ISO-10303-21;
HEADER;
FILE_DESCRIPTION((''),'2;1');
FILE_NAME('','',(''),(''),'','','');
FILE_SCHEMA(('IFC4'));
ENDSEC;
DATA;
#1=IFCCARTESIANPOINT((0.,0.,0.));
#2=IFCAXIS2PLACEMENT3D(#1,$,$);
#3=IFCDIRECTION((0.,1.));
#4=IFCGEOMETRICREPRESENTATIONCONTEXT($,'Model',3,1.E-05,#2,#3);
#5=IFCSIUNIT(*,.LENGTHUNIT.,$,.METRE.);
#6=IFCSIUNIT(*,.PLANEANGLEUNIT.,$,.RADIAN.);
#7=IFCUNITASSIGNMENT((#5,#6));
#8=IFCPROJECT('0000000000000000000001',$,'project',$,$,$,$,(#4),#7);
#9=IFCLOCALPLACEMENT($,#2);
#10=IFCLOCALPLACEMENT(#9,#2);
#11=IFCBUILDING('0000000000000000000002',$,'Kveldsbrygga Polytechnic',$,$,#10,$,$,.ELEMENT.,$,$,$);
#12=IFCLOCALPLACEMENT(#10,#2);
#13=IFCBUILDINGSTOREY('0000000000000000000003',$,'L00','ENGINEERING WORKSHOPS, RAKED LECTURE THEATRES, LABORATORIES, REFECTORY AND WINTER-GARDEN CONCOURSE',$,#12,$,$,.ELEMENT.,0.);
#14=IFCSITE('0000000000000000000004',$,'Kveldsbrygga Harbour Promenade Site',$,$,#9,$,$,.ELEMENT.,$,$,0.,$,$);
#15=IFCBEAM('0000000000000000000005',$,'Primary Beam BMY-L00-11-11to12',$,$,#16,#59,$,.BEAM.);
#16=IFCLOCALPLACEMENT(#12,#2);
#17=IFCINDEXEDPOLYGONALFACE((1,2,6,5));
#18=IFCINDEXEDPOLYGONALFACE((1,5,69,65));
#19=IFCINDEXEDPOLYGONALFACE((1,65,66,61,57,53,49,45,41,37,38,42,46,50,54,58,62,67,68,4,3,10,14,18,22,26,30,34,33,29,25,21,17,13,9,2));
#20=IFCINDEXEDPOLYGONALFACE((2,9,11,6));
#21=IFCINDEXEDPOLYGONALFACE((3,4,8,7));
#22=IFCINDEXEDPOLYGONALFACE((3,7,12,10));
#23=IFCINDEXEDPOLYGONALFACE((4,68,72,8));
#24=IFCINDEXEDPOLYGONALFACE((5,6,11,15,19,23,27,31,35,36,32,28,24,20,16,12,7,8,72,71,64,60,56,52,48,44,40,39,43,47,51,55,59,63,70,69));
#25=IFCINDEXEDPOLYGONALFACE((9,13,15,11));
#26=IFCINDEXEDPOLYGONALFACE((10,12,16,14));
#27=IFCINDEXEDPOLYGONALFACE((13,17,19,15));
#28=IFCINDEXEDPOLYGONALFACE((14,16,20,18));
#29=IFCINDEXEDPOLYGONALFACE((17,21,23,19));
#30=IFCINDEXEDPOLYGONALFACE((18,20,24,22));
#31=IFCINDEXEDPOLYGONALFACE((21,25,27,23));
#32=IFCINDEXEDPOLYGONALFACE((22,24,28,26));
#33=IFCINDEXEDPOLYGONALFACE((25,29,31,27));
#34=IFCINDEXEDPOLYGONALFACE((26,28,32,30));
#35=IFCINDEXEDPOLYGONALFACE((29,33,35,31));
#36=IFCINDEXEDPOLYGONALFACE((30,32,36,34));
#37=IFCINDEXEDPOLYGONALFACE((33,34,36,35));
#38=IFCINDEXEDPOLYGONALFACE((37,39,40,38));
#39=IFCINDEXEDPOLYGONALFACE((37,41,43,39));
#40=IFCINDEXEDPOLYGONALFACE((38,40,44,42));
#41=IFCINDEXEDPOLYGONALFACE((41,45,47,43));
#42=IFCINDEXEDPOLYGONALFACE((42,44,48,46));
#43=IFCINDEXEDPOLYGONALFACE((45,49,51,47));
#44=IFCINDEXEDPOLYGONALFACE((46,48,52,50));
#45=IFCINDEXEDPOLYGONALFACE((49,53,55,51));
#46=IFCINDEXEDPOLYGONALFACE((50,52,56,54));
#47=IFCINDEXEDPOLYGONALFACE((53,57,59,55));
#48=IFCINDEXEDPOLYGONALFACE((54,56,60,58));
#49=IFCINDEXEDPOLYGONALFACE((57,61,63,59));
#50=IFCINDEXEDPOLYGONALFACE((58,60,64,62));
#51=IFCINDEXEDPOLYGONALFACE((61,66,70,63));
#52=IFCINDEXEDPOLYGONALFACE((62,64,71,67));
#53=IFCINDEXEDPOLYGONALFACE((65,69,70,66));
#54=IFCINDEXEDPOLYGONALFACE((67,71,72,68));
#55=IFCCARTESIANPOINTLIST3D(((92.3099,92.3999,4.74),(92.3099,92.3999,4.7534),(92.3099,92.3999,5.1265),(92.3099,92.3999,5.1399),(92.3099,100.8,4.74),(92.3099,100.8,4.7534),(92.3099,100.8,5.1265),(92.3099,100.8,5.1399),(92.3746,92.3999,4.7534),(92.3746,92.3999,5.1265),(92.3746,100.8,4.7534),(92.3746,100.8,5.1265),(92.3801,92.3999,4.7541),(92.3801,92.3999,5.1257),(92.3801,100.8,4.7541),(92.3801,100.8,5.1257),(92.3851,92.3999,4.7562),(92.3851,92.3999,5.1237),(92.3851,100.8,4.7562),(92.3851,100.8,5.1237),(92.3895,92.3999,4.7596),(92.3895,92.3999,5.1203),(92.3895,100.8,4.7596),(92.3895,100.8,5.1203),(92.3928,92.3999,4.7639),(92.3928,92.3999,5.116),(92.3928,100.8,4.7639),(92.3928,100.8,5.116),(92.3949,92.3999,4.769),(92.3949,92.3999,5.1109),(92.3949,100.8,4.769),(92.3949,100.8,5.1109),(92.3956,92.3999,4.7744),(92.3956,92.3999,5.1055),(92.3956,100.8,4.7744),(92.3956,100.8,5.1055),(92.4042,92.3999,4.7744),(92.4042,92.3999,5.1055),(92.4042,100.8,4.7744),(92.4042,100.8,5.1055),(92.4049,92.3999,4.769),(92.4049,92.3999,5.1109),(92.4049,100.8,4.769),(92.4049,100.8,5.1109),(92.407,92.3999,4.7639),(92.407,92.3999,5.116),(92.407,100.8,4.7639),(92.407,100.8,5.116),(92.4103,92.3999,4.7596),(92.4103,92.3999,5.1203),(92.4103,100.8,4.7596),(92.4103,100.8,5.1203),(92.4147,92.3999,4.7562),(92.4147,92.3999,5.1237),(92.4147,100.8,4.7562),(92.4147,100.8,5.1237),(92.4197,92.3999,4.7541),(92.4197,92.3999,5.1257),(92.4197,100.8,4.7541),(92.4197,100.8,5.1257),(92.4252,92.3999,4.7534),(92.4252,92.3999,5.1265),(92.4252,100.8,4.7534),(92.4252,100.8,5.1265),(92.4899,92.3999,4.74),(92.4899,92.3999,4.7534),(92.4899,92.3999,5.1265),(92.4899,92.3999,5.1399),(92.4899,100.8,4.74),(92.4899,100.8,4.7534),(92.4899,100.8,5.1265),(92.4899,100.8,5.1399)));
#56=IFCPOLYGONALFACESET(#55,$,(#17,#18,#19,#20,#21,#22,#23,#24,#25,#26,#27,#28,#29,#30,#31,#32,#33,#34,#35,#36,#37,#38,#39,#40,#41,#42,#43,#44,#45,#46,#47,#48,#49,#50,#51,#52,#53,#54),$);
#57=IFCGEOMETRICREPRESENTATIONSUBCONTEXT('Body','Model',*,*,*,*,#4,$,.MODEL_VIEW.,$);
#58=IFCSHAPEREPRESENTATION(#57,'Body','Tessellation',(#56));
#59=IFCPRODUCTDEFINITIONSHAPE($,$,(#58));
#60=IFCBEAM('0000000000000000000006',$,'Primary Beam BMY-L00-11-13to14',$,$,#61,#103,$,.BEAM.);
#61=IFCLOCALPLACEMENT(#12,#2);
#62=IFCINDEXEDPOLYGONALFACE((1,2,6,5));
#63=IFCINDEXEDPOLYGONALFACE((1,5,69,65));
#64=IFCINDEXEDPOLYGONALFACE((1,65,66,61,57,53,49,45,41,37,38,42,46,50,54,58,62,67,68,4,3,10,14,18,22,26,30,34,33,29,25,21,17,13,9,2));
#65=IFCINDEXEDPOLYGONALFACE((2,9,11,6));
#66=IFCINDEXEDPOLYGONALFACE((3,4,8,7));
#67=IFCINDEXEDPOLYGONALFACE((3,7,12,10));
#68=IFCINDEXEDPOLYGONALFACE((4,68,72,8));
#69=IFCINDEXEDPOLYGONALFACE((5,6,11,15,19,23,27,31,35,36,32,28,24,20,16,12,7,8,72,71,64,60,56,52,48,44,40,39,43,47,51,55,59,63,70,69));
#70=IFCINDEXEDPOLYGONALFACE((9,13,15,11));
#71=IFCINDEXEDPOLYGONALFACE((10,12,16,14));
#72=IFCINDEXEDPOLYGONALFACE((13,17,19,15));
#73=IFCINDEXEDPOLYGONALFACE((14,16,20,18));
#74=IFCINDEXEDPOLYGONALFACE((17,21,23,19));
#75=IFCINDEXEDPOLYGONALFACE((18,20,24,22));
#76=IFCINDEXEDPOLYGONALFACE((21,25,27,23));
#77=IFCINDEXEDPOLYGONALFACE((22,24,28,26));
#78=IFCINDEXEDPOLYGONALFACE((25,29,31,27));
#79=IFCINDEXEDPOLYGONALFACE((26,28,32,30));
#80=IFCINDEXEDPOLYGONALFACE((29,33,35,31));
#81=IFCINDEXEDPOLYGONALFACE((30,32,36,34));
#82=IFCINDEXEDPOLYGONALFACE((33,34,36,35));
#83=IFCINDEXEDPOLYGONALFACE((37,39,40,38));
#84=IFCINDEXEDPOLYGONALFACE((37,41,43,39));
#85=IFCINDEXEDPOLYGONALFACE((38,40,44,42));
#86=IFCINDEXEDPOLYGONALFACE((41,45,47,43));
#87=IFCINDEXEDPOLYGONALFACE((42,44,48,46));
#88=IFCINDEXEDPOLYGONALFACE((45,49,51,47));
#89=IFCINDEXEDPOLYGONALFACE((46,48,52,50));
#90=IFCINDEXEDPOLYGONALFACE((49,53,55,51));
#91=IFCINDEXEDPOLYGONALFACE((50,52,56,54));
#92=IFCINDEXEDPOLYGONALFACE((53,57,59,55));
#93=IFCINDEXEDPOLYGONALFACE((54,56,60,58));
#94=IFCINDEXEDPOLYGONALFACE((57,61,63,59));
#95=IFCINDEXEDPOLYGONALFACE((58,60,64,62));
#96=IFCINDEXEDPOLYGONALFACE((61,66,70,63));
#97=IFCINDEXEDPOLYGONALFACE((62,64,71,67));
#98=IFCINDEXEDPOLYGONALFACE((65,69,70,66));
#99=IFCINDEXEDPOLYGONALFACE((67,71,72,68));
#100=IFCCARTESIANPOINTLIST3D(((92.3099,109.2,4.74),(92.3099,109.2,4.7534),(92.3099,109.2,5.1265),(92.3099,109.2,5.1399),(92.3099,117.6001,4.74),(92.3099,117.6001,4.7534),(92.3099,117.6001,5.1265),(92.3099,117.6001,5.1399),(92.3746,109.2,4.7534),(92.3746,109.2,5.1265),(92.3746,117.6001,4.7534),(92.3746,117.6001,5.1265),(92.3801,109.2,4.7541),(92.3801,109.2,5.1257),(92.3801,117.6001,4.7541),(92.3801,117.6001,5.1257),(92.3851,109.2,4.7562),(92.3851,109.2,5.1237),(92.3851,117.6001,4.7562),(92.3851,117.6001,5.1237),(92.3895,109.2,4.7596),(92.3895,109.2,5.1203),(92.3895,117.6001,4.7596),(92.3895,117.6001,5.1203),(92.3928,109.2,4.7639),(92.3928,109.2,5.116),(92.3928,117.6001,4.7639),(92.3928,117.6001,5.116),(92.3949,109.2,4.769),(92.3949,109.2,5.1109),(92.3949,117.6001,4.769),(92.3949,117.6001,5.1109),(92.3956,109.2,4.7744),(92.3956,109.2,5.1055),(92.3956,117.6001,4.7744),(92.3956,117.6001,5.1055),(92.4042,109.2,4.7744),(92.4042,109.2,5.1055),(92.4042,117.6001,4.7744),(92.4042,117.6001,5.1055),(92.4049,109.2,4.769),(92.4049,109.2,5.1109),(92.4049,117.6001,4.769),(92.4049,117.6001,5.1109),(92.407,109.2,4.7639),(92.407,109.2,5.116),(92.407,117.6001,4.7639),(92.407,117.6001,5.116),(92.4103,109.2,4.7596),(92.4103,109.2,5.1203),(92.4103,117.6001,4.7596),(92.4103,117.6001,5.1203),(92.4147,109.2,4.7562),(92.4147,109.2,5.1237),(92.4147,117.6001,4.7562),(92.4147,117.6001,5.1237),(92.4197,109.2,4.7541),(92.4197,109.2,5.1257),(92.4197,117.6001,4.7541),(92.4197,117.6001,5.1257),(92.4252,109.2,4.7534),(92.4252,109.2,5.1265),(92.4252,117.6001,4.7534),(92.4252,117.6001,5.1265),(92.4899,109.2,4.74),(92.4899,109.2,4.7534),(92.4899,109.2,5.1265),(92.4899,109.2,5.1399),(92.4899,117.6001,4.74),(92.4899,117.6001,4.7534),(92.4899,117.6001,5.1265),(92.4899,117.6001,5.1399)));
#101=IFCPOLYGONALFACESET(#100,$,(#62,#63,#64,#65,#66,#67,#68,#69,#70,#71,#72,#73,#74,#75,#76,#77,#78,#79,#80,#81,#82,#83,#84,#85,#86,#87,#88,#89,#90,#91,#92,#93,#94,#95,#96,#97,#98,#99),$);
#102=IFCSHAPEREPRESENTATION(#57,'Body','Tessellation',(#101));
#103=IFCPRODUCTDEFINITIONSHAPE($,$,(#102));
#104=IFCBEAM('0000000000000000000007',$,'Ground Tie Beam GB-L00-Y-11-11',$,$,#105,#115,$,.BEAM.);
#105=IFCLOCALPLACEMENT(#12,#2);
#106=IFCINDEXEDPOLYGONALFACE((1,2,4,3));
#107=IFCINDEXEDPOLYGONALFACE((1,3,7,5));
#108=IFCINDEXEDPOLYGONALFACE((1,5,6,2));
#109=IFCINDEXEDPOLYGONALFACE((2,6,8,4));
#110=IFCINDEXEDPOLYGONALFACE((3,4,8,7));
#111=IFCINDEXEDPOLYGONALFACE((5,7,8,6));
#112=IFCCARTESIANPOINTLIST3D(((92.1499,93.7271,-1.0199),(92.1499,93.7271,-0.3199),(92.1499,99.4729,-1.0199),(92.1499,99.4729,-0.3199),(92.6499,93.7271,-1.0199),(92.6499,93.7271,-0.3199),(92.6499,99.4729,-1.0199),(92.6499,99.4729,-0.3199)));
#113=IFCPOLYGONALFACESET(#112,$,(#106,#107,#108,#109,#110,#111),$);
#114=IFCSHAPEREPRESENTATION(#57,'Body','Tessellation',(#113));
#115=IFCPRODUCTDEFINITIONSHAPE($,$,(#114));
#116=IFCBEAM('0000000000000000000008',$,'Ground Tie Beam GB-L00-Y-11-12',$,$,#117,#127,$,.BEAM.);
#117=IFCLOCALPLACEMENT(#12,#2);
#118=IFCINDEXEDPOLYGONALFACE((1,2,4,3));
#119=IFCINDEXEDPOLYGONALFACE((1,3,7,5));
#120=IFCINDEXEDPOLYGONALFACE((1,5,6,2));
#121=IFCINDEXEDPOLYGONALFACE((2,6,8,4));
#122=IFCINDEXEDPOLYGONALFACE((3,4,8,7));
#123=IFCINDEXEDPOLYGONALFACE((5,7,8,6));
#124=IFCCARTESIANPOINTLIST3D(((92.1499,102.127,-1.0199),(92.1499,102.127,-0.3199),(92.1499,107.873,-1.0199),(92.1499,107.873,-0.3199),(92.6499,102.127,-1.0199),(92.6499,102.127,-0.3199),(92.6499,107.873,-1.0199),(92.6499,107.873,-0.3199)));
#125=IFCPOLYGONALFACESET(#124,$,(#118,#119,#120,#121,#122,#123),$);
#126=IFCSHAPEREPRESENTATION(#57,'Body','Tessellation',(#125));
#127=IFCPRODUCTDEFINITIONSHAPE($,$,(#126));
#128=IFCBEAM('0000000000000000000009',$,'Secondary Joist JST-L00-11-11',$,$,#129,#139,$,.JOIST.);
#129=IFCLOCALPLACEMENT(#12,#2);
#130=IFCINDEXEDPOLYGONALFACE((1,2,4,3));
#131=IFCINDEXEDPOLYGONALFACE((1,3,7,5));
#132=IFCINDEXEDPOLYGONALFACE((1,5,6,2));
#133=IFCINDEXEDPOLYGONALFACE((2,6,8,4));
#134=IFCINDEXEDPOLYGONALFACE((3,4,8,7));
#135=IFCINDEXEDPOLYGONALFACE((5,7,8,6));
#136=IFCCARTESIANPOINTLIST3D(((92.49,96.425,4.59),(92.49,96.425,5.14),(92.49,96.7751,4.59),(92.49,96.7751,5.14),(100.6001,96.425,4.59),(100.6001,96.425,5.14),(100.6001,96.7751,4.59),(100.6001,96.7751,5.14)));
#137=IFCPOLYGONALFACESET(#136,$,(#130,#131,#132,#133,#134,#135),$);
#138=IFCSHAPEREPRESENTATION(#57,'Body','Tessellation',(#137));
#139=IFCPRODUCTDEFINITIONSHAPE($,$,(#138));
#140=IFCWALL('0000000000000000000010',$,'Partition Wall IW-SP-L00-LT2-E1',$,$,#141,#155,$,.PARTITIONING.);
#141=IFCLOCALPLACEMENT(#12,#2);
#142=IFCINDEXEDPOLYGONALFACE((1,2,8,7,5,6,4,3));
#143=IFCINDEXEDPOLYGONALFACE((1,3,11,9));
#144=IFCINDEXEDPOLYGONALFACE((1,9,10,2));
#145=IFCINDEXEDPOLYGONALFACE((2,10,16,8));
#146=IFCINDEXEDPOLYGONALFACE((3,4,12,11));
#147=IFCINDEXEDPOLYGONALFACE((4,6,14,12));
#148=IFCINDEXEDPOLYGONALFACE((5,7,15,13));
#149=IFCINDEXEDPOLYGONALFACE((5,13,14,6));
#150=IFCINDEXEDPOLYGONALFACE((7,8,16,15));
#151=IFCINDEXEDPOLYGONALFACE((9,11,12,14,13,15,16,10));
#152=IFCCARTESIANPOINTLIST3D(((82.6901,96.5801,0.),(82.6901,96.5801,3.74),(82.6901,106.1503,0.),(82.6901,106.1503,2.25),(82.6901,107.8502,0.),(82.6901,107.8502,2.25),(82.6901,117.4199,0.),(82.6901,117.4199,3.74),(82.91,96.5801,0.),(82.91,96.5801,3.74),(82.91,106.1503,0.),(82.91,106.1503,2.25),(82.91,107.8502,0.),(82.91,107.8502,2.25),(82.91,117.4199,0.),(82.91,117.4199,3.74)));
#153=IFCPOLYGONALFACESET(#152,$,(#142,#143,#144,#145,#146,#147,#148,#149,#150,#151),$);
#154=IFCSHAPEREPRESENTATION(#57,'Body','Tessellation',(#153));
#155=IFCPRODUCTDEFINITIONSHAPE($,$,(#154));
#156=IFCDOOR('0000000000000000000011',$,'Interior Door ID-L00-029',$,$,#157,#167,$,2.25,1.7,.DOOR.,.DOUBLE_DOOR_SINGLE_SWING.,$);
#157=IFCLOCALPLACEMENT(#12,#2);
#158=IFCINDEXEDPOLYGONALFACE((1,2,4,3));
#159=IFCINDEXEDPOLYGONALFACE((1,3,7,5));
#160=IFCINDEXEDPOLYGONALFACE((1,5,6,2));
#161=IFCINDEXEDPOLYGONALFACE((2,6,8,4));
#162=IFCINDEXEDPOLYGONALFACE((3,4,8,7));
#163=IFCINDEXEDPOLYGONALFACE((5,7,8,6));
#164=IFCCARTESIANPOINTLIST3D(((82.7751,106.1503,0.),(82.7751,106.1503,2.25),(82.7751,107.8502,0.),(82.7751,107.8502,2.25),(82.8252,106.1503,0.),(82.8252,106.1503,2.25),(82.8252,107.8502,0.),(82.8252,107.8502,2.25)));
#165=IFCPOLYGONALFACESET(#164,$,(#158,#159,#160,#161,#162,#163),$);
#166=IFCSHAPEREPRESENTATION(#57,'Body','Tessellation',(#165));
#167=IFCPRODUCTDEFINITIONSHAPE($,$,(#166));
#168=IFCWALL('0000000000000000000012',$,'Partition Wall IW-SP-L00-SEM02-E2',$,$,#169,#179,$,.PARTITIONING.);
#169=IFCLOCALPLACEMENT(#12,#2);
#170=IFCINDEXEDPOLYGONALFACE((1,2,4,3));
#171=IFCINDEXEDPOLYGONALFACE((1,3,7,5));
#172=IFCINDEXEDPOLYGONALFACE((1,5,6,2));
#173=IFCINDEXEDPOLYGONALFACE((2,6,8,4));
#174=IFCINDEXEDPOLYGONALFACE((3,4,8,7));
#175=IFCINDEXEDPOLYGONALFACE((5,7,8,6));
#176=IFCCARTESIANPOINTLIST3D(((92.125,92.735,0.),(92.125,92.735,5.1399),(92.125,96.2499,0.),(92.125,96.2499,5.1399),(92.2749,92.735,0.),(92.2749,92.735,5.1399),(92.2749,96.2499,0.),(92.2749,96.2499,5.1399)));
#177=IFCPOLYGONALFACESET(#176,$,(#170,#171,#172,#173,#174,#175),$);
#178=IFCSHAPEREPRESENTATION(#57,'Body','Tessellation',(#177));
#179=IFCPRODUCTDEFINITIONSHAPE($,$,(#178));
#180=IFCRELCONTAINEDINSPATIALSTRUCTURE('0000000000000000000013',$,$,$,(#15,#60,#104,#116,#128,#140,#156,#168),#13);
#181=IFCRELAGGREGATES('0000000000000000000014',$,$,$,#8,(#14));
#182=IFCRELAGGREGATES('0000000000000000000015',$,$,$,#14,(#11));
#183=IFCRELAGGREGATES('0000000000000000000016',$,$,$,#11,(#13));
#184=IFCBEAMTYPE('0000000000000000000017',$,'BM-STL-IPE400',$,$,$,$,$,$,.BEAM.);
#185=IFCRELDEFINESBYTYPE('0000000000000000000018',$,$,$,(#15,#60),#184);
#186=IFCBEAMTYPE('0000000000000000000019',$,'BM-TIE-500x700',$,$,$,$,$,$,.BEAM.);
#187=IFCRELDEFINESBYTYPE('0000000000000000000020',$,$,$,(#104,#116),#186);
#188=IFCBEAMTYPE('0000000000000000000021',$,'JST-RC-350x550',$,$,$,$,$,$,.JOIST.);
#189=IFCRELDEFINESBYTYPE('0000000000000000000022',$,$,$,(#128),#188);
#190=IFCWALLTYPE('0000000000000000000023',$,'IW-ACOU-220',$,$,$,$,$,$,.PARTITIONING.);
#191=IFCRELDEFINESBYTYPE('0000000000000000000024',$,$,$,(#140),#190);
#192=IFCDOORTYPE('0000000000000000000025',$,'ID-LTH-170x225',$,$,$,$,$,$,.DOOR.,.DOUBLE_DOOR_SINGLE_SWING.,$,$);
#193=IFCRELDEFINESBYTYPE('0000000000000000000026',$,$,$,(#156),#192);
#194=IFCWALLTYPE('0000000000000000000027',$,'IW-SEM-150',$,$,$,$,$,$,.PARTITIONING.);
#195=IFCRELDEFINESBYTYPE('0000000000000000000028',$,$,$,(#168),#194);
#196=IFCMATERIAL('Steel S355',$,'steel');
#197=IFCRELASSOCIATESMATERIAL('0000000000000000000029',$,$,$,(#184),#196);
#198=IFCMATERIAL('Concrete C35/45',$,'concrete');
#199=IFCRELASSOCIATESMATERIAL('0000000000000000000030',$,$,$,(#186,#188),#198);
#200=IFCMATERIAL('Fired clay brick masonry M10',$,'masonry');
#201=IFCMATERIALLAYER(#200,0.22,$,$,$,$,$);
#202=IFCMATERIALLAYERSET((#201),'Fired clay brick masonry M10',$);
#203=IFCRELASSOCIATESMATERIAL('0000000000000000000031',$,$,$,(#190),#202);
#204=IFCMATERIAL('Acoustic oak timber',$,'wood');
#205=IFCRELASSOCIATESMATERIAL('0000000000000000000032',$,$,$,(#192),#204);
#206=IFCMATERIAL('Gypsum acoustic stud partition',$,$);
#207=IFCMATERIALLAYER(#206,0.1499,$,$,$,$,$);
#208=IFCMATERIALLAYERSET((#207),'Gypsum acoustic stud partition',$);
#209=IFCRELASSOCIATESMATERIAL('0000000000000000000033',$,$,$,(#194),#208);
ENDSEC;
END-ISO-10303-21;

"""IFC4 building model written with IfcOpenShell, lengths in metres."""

from ifc_helpers import new_model, si_unit, direction, frame, frame_2d, origin, origin_2d, place, context, subcontext, project, spatial, rectangle, i_section, extrude, material, layer, layer_set, material_profile, profile_set, type_object, element, fill, save


model = new_model("IFC4")

# Units and contexts
model_context = context("Model", 3, precision=1e-05, world=origin(), true_north=direction((0.0, 1.0)))
body_context = subcontext(model_context, "Body", "Model", "MODEL_VIEW")
ifc_project = project(units=[si_unit("LENGTHUNIT", "METRE"), si_unit("PLANEANGLEUNIT", "RADIAN")], contexts=[model_context])

# Site, building, storey
site_placement = place(None, origin())
site = spatial("IfcSite", under=ifc_project, at=site_placement, Name="Kveldsbrygga Harbour Promenade Site", CompositionType="ELEMENT", RefElevation=0.0)
building_placement = place(site_placement, origin())
building = spatial("IfcBuilding", under=site, at=building_placement, Name="Kveldsbrygga Polytechnic", CompositionType="ELEMENT")
storey_placement = place(building_placement, origin())
storey = spatial("IfcBuildingStorey", under=building, at=storey_placement, Name="L00", Description="ENGINEERING WORKSHOPS, RAKED LECTURE THEATRES, LABORATORIES, REFECTORY AND WINTER-GARDEN CONCOURSE", CompositionType="ELEMENT", Elevation=0.0)

# Beams
ifc_material_1 = material(Name="Concrete C35/45", Category="concrete")
ifc_material_2 = material(Name="Steel S355", Category="steel")
ifc_material_profile_1 = material_profile(ifc_material_2, i_section(OverallWidth=0.1799, OverallDepth=0.3999, WebThickness=0.0085, FlangeThickness=0.0134, FilletRadius=0.021, at=origin_2d()), Name="IPE 400")
ifc_profile_set_1 = profile_set([ifc_material_profile_1], Name="Steel S355")
beam_type_1 = type_object("IfcBeamType", Name="BM-STL-IPE400", PredefinedType="BEAM", material=ifc_profile_set_1)
for number, where, z_axis, x_axis, name in (
    (1, (92.3999, 92.3999, 4.9399), (0.0, 1.0, 0.0), (-1.0, 0.0, 0.0), "Primary Beam BMY-L00-11-11to12"),
    (2, (92.3999, 109.2, 4.9399), (0.0, 1.0, 0.0), (-1.0, 0.0, 0.0), "Primary Beam BMY-L00-11-13to14"),
):
    element("IfcBeam", number, at=place(storey_placement, frame(where, z_axis=z_axis, x_axis=x_axis)), inside=storey, type_object=beam_type_1, Name=name, PredefinedType="BEAM", context=body_context, shape_type="SweptSolid", body=[
        extrude(i_section(OverallWidth=0.1799, OverallDepth=0.3999, WebThickness=0.0085, FlangeThickness=0.0134, FilletRadius=0.021, at=origin_2d()), origin(), (0.0, 0.0, 1.0), 8.4001),
    ])
ifc_material_profile_2 = material_profile(ifc_material_1, rectangle(XDim=0.5, YDim=0.7, at=origin_2d()), Name="RC 500x700")
ifc_profile_set_2 = profile_set([ifc_material_profile_2], Name="Concrete C35/45")
beam_type_2 = type_object("IfcBeamType", Name="BM-TIE-500x700", PredefinedType="BEAM", material=ifc_profile_set_2)
beam_1_placement = place(storey_placement, frame((92.3999, 93.7271, -0.6699), z_axis=(0.0, 1.0, 0.0), x_axis=(-1.0, 0.0, 0.0)))
element("IfcBeam", 3, at=beam_1_placement, inside=storey, type_object=beam_type_2, Name="Ground Tie Beam GB-L00-Y-11-11", PredefinedType="BEAM", context=body_context, shape_type="SweptSolid", body=[
    extrude(rectangle(XDim=0.5, YDim=0.7, at=origin_2d()), origin(), (0.0, 0.0, 1.0), 5.7458),
])
beam_2_placement = place(storey_placement, frame((92.3999, 102.127, -0.6699), z_axis=(0.0, 1.0, 0.0), x_axis=(-1.0, 0.0, 0.0)))
element("IfcBeam", 4, at=beam_2_placement, inside=storey, type_object=beam_type_2, Name="Ground Tie Beam GB-L00-Y-11-12", PredefinedType="BEAM", context=body_context, shape_type="SweptSolid", body=[
    extrude(rectangle(XDim=0.5, YDim=0.7, at=origin_2d()), origin(), (0.0, 0.0, 1.0), 5.7461),
])
ifc_material_profile_3 = material_profile(ifc_material_1, rectangle(XDim=0.3501, YDim=0.55, at=origin_2d()), Name="RC 350x550")
ifc_profile_set_3 = profile_set([ifc_material_profile_3], Name="Concrete C35/45")
beam_type_3 = type_object("IfcBeamType", Name="JST-RC-350x550", PredefinedType="JOIST", material=ifc_profile_set_3)
beam_3_placement = place(storey_placement, frame((92.49, 96.6001, 4.865), z_axis=(1.0, 0.0, 0.0), x_axis=(0.0, 1.0, 0.0)))
element("IfcBeam", 5, at=beam_3_placement, inside=storey, type_object=beam_type_3, Name="Secondary Joist JST-L00-11-11", PredefinedType="JOIST", context=body_context, shape_type="SweptSolid", body=[
    extrude(rectangle(XDim=0.3501, YDim=0.55, at=origin_2d()), origin(), (0.0, 0.0, 1.0), 8.1101),
])

# Wall, opening, door
ifc_material_3 = material(Name="Fired clay brick masonry M10", Category="masonry")
ifc_layer_1 = layer(ifc_material_3, 0.22)
ifc_layer_set_1 = layer_set([ifc_layer_1], Name="Fired clay brick masonry M10")
wall_type_1 = type_object("IfcWallType", Name="IW-ACOU-220", PredefinedType="PARTITIONING", material=ifc_layer_set_1)
wall_1_placement = place(storey_placement, frame((82.8, 96.5801, 0.0), z_axis=(0.0, 0.0, 1.0), x_axis=(0.0, 1.0, 0.0)))
wall_1 = element("IfcWall", 6, at=wall_1_placement, inside=storey, type_object=wall_type_1, Name="Partition Wall IW-SP-L00-LT2-E1", PredefinedType="PARTITIONING", context=body_context, shape_type="SweptSolid", body=[
    extrude(rectangle(XDim=20.8398, YDim=0.22, at=frame_2d((10.4199, 0.0))), origin(), (0.0, 0.0, 1.0), 3.74),
])
opening_placement = place(wall_1_placement, frame((9.5701, 0.0, 0.0)))
opening = element("IfcOpeningElement", 7, at=opening_placement, cuts=wall_1, PredefinedType="OPENING", context=body_context, shape_type="SweptSolid", body=[
    extrude(rectangle(XDim=1.7, YDim=2.25, at=frame_2d((0.8501, 1.125))), frame((0.0, 0.1201, 0.0), z_axis=(0.0, -1.0, 0.0), x_axis=(1.0, 0.0, 0.0)), (0.0, 0.0, 1.0), 0.24),
])
ifc_material_4 = material(Name="Acoustic oak timber", Category="wood")
door_type = type_object("IfcDoorType", Name="ID-LTH-170x225", OperationType="DOUBLE_DOOR_SINGLE_SWING", PredefinedType="DOOR", material=ifc_material_4)
door_placement = place(opening_placement, origin())
door = element("IfcDoor", 8, at=door_placement, inside=storey, type_object=door_type, Name="Interior Door ID-L00-029", OperationType="DOUBLE_DOOR_SINGLE_SWING", OverallHeight=2.25, OverallWidth=1.7, PredefinedType="DOOR", context=body_context, shape_type="SweptSolid", body=[
    extrude(rectangle(XDim=1.7, YDim=2.25, at=frame_2d((0.8501, 1.125))), frame((0.0, 0.0249, 0.0), z_axis=(0.0, -1.0, 0.0), x_axis=(1.0, 0.0, 0.0)), (0.0, 0.0, 1.0), 0.05),
])
fill(opening, door)

# Wall
ifc_material_5 = material(Name="Gypsum acoustic stud partition")
ifc_layer_2 = layer(ifc_material_5, 0.1499)
ifc_layer_set_2 = layer_set([ifc_layer_2], Name="Gypsum acoustic stud partition")
wall_type_2 = type_object("IfcWallType", Name="IW-SEM-150", PredefinedType="PARTITIONING", material=ifc_layer_set_2)
wall_2_placement = place(storey_placement, frame((92.2, 92.7351, 0.0), z_axis=(0.0, 0.0, 1.0), x_axis=(0.0, 1.0, 0.0)))
element("IfcWall", 9, at=wall_2_placement, inside=storey, type_object=wall_type_2, Name="Partition Wall IW-SP-L00-SEM02-E2", PredefinedType="PARTITIONING", context=body_context, shape_type="SweptSolid", body=[
    extrude(rectangle(XDim=3.5149, YDim=0.1499, at=frame_2d((1.7573, 0.0))), origin(), (0.0, 0.0, 1.0), 5.1399),
])

save(model, "model.ifc")
